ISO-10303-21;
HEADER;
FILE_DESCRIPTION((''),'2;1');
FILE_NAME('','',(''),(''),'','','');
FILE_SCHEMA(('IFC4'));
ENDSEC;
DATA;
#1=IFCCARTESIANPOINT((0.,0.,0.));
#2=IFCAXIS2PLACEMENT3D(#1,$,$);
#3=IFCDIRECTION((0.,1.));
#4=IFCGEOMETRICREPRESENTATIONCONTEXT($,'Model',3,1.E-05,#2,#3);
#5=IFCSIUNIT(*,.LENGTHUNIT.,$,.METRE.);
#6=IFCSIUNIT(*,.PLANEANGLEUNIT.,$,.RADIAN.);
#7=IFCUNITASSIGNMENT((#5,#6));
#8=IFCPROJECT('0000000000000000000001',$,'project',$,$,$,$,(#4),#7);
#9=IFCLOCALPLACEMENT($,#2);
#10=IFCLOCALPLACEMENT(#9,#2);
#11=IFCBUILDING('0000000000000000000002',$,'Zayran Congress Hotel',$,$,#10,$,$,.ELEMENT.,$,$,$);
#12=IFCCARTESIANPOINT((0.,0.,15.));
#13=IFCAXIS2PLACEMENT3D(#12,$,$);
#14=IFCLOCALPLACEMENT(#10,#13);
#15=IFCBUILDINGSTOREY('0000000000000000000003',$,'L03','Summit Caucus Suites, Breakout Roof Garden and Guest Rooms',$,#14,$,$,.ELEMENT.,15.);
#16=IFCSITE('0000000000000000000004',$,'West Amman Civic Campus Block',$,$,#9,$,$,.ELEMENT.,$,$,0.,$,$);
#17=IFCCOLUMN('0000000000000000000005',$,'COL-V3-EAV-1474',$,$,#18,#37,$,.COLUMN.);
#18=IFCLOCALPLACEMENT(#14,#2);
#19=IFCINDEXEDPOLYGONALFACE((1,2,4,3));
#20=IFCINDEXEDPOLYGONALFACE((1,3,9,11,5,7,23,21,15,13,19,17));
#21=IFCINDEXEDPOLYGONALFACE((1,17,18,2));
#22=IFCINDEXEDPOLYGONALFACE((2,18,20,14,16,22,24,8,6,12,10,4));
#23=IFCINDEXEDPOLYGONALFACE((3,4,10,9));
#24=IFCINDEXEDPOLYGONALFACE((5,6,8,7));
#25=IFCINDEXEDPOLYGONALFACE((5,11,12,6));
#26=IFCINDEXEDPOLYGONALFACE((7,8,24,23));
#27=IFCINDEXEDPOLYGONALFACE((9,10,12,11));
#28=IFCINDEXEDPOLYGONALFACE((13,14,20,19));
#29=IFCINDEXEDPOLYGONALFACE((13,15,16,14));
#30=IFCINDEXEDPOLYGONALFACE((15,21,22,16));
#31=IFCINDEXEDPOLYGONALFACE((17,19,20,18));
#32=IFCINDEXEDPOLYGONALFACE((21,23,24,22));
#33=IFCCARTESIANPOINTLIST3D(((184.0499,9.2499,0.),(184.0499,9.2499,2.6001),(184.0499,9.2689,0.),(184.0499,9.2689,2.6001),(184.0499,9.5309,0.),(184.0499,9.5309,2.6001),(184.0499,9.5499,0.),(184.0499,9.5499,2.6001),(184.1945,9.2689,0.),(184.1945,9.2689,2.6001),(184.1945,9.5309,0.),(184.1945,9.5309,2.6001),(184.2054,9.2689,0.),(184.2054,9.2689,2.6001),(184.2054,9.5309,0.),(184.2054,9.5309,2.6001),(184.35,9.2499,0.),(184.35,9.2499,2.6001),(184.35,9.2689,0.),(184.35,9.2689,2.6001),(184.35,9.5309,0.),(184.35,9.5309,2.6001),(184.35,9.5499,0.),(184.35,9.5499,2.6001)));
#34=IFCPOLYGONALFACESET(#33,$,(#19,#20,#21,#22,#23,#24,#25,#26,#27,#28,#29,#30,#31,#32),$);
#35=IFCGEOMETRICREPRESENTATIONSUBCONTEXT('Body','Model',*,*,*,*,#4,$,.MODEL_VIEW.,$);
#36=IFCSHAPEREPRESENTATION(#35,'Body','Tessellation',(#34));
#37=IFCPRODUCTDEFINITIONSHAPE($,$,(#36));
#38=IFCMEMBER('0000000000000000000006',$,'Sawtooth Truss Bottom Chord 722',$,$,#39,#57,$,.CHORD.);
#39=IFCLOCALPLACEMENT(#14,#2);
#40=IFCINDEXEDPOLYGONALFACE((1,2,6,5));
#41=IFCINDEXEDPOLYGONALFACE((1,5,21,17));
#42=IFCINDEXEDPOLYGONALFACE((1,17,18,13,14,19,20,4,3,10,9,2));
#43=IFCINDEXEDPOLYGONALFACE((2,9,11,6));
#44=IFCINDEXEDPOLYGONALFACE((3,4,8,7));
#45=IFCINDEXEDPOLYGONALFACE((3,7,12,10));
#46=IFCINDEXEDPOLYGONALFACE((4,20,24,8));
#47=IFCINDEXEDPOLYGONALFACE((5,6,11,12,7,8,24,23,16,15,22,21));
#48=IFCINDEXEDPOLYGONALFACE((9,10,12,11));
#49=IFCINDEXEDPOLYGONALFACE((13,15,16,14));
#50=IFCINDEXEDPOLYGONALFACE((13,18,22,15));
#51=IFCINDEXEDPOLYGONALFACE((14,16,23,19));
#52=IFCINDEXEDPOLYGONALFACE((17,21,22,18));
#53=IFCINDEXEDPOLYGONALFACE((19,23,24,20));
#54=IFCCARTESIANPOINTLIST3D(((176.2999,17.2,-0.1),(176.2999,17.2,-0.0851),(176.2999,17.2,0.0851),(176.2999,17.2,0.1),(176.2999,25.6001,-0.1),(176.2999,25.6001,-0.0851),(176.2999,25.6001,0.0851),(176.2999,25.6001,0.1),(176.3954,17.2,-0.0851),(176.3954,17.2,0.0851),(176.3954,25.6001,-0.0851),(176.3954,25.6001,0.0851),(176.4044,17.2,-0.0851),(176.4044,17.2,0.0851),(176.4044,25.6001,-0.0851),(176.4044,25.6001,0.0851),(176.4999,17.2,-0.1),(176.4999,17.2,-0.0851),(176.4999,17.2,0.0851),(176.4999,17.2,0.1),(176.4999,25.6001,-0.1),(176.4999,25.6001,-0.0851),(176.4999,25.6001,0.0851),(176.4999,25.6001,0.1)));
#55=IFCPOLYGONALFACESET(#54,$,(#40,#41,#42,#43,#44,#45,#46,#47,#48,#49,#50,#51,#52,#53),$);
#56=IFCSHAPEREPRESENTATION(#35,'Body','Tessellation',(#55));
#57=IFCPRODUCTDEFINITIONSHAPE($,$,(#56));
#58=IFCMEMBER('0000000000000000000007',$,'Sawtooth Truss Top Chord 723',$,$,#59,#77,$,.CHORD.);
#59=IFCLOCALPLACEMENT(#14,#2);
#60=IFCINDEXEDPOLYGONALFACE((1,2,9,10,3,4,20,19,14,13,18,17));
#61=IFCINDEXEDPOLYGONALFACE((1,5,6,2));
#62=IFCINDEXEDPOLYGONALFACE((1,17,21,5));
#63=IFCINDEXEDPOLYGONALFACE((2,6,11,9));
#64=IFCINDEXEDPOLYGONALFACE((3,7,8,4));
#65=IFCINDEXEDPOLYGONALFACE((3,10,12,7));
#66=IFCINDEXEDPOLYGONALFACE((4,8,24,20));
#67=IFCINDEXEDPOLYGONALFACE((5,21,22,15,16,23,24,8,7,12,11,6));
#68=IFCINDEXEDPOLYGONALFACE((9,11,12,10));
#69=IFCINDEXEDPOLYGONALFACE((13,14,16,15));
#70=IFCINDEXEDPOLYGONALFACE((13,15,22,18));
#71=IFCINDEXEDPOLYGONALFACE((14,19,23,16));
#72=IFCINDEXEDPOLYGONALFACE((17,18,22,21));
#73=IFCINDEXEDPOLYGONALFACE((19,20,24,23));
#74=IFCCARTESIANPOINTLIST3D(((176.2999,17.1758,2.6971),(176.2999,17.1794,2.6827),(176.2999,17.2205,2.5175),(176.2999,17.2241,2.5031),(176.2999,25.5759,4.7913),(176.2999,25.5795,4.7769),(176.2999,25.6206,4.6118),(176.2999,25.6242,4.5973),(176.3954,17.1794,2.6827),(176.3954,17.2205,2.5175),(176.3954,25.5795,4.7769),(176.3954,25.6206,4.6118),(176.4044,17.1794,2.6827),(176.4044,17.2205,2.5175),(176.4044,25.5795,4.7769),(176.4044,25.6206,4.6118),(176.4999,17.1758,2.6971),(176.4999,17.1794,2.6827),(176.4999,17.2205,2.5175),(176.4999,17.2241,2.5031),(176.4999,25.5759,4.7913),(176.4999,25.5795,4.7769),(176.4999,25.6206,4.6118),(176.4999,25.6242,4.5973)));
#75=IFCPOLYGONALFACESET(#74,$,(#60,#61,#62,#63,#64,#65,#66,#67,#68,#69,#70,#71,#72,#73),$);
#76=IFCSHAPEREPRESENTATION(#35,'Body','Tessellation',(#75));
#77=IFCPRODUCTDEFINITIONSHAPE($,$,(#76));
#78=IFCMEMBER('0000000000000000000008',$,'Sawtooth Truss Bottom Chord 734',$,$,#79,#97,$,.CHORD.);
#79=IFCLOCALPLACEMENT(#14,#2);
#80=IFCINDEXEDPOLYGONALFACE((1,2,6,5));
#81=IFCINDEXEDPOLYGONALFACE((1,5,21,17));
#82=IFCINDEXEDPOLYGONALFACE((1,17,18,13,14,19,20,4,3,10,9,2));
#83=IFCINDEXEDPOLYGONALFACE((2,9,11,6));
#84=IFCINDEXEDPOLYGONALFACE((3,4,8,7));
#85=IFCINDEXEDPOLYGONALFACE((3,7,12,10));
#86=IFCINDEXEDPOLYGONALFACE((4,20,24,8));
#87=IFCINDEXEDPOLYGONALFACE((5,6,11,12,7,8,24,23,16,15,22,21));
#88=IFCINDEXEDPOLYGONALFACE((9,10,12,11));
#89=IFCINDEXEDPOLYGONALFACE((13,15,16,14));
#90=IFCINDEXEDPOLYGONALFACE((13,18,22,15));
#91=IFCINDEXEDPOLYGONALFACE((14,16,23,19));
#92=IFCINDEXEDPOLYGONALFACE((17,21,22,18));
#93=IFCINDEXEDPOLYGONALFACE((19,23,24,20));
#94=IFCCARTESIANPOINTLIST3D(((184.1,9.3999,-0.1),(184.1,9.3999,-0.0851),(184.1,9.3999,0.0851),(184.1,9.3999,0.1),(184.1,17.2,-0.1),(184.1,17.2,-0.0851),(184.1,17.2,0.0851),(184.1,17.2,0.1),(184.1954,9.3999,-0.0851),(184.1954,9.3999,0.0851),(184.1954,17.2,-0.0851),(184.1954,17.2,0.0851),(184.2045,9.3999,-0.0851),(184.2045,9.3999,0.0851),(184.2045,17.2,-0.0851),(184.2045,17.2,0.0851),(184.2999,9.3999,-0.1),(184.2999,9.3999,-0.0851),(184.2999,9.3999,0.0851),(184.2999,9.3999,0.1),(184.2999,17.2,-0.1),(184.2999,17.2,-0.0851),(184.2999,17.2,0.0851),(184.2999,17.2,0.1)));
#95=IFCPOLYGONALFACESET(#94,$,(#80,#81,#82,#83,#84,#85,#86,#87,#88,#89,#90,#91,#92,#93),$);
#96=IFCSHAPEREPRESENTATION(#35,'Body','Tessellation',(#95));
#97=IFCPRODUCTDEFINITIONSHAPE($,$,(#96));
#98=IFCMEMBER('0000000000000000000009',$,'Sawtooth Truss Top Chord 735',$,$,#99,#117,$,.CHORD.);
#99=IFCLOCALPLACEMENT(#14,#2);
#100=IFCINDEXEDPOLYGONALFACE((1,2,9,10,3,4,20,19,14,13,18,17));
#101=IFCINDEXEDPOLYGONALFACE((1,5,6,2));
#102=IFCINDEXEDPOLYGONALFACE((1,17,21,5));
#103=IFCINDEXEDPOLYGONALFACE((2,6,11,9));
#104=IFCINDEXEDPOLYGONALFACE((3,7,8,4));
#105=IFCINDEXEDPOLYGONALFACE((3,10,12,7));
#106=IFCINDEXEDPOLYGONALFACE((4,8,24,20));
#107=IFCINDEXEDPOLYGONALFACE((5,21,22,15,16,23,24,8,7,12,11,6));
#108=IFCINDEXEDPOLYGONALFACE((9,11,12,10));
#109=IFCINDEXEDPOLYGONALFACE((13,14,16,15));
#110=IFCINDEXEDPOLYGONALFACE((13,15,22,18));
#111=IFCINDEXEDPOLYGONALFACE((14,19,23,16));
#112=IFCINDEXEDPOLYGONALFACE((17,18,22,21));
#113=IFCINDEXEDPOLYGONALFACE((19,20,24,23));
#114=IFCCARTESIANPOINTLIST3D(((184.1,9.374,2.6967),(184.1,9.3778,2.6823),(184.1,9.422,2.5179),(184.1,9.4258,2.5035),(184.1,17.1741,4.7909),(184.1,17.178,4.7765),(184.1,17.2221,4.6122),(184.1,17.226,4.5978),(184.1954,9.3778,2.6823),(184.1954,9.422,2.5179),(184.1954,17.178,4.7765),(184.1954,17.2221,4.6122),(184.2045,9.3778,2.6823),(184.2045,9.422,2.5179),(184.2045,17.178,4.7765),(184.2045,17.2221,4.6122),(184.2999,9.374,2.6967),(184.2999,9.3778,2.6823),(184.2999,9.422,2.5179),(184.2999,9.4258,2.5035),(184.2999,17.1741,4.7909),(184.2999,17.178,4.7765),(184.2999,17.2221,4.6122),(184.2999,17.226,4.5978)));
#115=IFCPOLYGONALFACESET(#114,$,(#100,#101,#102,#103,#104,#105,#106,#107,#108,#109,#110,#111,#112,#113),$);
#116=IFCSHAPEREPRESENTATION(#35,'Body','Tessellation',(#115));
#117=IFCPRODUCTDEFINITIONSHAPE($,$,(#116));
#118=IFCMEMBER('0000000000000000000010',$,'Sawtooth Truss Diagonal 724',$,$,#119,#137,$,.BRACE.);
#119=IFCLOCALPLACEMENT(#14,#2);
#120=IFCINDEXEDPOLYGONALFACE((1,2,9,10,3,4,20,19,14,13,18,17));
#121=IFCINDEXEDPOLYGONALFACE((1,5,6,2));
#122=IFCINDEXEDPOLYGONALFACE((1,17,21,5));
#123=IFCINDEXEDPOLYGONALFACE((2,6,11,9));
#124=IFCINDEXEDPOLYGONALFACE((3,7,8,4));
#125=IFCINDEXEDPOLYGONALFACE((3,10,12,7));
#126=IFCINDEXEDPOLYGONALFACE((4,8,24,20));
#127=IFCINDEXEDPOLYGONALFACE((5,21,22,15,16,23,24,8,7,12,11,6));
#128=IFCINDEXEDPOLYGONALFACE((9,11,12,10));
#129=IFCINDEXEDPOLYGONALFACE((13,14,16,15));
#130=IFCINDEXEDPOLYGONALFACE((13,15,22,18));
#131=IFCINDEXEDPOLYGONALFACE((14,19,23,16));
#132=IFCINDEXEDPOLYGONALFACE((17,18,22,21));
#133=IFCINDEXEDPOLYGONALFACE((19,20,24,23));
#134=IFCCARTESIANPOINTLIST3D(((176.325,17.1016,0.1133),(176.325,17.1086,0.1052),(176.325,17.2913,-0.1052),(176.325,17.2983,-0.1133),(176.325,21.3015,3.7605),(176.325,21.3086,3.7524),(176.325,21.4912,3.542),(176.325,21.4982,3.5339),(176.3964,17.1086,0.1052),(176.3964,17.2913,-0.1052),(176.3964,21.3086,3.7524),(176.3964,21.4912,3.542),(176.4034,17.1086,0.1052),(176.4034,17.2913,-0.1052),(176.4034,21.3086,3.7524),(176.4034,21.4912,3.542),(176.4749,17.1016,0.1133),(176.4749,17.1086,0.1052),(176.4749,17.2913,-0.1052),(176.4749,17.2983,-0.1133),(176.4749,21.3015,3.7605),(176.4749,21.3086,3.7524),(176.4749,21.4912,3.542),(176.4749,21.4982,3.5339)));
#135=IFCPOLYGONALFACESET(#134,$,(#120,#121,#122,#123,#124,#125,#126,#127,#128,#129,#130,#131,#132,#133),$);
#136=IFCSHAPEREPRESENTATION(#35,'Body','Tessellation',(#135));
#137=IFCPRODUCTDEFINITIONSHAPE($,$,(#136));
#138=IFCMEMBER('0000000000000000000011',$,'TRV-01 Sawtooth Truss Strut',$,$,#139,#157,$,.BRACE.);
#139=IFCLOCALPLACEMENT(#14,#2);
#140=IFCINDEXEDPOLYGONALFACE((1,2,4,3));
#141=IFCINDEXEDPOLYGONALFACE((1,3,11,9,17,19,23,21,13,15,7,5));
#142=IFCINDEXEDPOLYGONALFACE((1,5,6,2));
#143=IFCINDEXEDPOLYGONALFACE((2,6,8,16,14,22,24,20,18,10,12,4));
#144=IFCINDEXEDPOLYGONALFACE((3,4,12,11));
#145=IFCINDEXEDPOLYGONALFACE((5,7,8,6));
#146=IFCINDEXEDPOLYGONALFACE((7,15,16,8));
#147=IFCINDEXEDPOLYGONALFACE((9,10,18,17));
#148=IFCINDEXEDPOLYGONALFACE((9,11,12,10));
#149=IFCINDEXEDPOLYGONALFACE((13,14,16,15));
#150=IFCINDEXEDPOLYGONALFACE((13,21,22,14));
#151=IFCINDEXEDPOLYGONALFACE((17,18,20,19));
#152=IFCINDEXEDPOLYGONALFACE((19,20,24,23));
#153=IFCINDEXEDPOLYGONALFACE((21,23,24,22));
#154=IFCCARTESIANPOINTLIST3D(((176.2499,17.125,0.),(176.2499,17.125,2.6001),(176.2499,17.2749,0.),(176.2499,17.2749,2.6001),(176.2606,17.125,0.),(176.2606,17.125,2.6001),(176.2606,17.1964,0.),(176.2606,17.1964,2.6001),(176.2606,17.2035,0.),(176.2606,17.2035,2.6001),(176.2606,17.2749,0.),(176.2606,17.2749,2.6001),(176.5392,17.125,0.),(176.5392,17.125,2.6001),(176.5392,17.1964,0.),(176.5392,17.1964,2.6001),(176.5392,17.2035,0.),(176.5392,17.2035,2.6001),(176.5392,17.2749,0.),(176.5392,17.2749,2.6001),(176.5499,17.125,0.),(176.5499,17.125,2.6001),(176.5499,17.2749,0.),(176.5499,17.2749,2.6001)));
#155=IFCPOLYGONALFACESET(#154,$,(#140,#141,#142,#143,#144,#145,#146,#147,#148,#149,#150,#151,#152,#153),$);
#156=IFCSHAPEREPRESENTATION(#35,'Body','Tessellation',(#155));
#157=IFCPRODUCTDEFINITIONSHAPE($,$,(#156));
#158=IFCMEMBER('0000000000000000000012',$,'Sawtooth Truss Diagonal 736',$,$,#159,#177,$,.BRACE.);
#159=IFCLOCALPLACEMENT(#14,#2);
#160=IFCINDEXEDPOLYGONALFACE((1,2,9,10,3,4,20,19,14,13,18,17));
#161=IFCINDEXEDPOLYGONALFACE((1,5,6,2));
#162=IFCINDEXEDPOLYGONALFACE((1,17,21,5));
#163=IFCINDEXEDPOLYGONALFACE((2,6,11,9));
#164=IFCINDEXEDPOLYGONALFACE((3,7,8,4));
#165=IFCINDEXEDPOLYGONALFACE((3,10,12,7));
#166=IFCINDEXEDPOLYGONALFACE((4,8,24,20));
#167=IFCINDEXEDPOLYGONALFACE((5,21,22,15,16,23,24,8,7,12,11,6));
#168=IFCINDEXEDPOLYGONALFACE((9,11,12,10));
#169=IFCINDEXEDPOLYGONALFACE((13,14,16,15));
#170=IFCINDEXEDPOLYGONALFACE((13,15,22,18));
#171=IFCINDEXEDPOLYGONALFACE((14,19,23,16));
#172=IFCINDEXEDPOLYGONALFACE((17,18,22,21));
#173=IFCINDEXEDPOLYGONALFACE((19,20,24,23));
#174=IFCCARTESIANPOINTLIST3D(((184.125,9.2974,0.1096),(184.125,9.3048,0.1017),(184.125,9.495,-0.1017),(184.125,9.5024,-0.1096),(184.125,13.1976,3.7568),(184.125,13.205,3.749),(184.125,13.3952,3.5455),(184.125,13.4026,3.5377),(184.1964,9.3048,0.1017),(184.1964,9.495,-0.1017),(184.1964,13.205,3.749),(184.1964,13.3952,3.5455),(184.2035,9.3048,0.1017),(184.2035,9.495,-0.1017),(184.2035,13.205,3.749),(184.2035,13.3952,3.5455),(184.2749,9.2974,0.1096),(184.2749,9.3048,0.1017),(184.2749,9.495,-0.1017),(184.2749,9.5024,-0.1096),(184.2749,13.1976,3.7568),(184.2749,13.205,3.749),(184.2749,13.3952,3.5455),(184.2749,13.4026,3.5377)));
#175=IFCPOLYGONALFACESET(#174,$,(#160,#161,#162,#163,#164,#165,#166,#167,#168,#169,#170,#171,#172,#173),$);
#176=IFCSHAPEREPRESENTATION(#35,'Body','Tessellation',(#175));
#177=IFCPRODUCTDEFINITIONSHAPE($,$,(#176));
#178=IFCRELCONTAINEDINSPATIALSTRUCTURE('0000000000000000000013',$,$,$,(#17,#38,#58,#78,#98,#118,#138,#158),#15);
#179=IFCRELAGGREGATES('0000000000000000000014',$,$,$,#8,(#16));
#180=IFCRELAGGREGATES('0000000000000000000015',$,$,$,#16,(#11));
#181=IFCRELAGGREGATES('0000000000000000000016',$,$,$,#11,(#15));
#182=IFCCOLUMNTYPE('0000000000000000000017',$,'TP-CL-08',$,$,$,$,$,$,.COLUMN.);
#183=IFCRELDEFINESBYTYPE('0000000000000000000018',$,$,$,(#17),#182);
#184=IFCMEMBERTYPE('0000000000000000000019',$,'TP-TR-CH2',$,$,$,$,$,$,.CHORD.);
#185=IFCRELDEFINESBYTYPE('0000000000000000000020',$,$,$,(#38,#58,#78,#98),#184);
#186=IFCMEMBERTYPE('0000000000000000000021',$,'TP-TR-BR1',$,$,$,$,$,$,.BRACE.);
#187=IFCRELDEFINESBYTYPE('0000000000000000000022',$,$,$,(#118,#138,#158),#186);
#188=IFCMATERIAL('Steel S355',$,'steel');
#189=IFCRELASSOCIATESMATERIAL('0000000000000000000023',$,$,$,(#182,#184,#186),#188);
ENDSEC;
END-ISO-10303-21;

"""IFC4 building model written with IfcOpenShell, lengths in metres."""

from ifc_helpers import new_model, si_unit, direction, frame, origin, origin_2d, place, context, subcontext, project, spatial, i_section, extrude, material, material_profile, profile_set, type_object, element, save


model = new_model("IFC4")

# Units and contexts
model_context = context("Model", 3, precision=1e-05, world=origin(), true_north=direction((0.0, 1.0)))
body_context = subcontext(model_context, "Body", "Model", "MODEL_VIEW")
ifc_project = project(units=[si_unit("LENGTHUNIT", "METRE"), si_unit("PLANEANGLEUNIT", "RADIAN")], contexts=[model_context])

# Site, building, storey
site_placement = place(None, origin())
site = spatial("IfcSite", under=ifc_project, at=site_placement, Name="West Amman Civic Campus Block", CompositionType="ELEMENT", RefElevation=0.0)
building_placement = place(site_placement, origin())
building = spatial("IfcBuilding", under=site, at=building_placement, Name="Zayran Congress Hotel", CompositionType="ELEMENT")
storey_placement = place(building_placement, frame((0.0, 0.0, 15.0)))
storey = spatial("IfcBuildingStorey", under=building, at=storey_placement, Name="L03", Description="Summit Caucus Suites, Breakout Roof Garden and Guest Rooms", CompositionType="ELEMENT", Elevation=15.0)

# Column
ifc_material_1 = material(Name="Steel S355", Category="steel")
ifc_material_profile_1 = material_profile(ifc_material_1, i_section(OverallWidth=0.3, OverallDepth=0.3, WebThickness=0.011, FlangeThickness=0.019, at=origin_2d()), Name="HEB 300")
ifc_profile_set_1 = profile_set([ifc_material_profile_1], Name="Steel S355")
column_type = type_object("IfcColumnType", Name="TP-CL-08", PredefinedType="COLUMN", material=ifc_profile_set_1)
column_placement = place(storey_placement, frame((184.2, 9.3999, 0.0), z_axis=(0.0, 0.0, 1.0), x_axis=(1.0, 0.0, 0.0)))
element("IfcColumn", 1, at=column_placement, inside=storey, type_object=column_type, Name="COL-V3-EAV-1474", PredefinedType="COLUMN", context=body_context, shape_type="SweptSolid", body=[
    extrude(i_section(OverallWidth=0.3, OverallDepth=0.3, WebThickness=0.011, FlangeThickness=0.019, at=origin_2d()), origin(), (0.0, 0.0, 1.0), 2.6001),
])

# Members
ifc_material_profile_2 = material_profile(ifc_material_1, i_section(OverallWidth=0.2, OverallDepth=0.2, WebThickness=0.009, FlangeThickness=0.0149, at=origin_2d()), Name="HEB 200")
ifc_profile_set_2 = profile_set([ifc_material_profile_2], Name="Steel S355")
member_type_1 = type_object("IfcMemberType", Name="TP-TR-CH2", PredefinedType="CHORD", material=ifc_profile_set_2)
member_1_placement = place(storey_placement, frame((176.3999, 17.2, 0.0), z_axis=(0.0, 1.0, 0.0), x_axis=(-1.0, 0.0, 0.0)))
element("IfcMember", 2, at=member_1_placement, inside=storey, type_object=member_type_1, Name="Sawtooth Truss Bottom Chord 722", PredefinedType="CHORD", context=body_context, shape_type="SweptSolid", body=[
    extrude(i_section(OverallWidth=0.2, OverallDepth=0.2, WebThickness=0.009, FlangeThickness=0.0149, at=origin_2d()), origin(), (0.0, 0.0, 1.0), 8.4001),
])
member_2_placement = place(storey_placement, frame((176.3999, 17.2, 2.6001), z_axis=(0.0, 0.9703, 0.241905), x_axis=(-1.0, 0.0, 0.0)))
element("IfcMember", 3, at=member_2_placement, inside=storey, type_object=member_type_1, Name="Sawtooth Truss Top Chord 723", PredefinedType="CHORD", context=body_context, shape_type="SweptSolid", body=[
    extrude(i_section(OverallWidth=0.2, OverallDepth=0.2, WebThickness=0.009, FlangeThickness=0.0149, at=origin_2d()), origin(), (0.0, 0.0, 1.0), 8.6572),
])
member_3_placement = place(storey_placement, frame((184.2, 9.3999, 0.0), z_axis=(0.0, 1.0, 0.0), x_axis=(-1.0, 0.0, 0.0)))
element("IfcMember", 4, at=member_3_placement, inside=storey, type_object=member_type_1, Name="Sawtooth Truss Bottom Chord 734", PredefinedType="CHORD", context=body_context, shape_type="SweptSolid", body=[
    extrude(i_section(OverallWidth=0.2, OverallDepth=0.2, WebThickness=0.009, FlangeThickness=0.0149, at=origin_2d()), origin(), (0.0, 0.0, 1.0), 7.8),
])
member_4_placement = place(storey_placement, frame((184.2, 9.3999, 2.6001), z_axis=(0.0, 0.965795, 0.259307), x_axis=(-1.0, 0.0, 0.0)))
element("IfcMember", 5, at=member_4_placement, inside=storey, type_object=member_type_1, Name="Sawtooth Truss Top Chord 735", PredefinedType="CHORD", context=body_context, shape_type="SweptSolid", body=[
    extrude(i_section(OverallWidth=0.2, OverallDepth=0.2, WebThickness=0.009, FlangeThickness=0.0149, at=origin_2d()), origin(), (0.0, 0.0, 1.0), 8.0764),
])
ifc_material_profile_3 = material_profile(ifc_material_1, i_section(OverallWidth=0.1499, OverallDepth=0.3, WebThickness=0.0071, FlangeThickness=0.0107, at=origin_2d()), Name="IPE 300")
ifc_profile_set_3 = profile_set([ifc_material_profile_3], Name="Steel S355")
member_type_2 = type_object("IfcMemberType", Name="TP-TR-BR1", PredefinedType="BRACE", material=ifc_profile_set_3)
member_5_placement = place(storey_placement, frame((176.3999, 17.2, 0.0), z_axis=(0.0, 0.755043, 0.655675), x_axis=(-1.0, 0.0, 0.0)))
element("IfcMember", 6, at=member_5_placement, inside=storey, type_object=member_type_2, Name="Sawtooth Truss Diagonal 724", PredefinedType="BRACE", context=body_context, shape_type="SweptSolid", body=[
    extrude(i_section(OverallWidth=0.1499, OverallDepth=0.3, WebThickness=0.0071, FlangeThickness=0.0107, at=origin_2d()), origin(), (0.0, 0.0, 1.0), 5.5625),
])
member_6_placement = place(storey_placement, frame((176.3999, 17.2, 0.0), z_axis=(0.0, 0.0, 1.0), x_axis=(0.0, 1.0, 0.0)))
element("IfcMember", 7, at=member_6_placement, inside=storey, type_object=member_type_2, Name="TRV-01 Sawtooth Truss Strut", PredefinedType="BRACE", context=body_context, shape_type="SweptSolid", body=[
    extrude(i_section(OverallWidth=0.1499, OverallDepth=0.3, WebThickness=0.0071, FlangeThickness=0.0107, at=origin_2d()), origin(), (0.0, 0.0, 1.0), 2.6001),
])
member_7_placement = place(storey_placement, frame((184.2, 9.3999, 0.0), z_axis=(0.0, 0.730394, 0.683027), x_axis=(-1.0, 0.0, 0.0)))
element("IfcMember", 8, at=member_7_placement, inside=storey, type_object=member_type_2, Name="Sawtooth Truss Diagonal 736", PredefinedType="BRACE", context=body_context, shape_type="SweptSolid", body=[
    extrude(i_section(OverallWidth=0.1499, OverallDepth=0.3, WebThickness=0.0071, FlangeThickness=0.0107, at=origin_2d()), origin(), (0.0, 0.0, 1.0), 5.3398),
])

save(model, "model.ifc")
